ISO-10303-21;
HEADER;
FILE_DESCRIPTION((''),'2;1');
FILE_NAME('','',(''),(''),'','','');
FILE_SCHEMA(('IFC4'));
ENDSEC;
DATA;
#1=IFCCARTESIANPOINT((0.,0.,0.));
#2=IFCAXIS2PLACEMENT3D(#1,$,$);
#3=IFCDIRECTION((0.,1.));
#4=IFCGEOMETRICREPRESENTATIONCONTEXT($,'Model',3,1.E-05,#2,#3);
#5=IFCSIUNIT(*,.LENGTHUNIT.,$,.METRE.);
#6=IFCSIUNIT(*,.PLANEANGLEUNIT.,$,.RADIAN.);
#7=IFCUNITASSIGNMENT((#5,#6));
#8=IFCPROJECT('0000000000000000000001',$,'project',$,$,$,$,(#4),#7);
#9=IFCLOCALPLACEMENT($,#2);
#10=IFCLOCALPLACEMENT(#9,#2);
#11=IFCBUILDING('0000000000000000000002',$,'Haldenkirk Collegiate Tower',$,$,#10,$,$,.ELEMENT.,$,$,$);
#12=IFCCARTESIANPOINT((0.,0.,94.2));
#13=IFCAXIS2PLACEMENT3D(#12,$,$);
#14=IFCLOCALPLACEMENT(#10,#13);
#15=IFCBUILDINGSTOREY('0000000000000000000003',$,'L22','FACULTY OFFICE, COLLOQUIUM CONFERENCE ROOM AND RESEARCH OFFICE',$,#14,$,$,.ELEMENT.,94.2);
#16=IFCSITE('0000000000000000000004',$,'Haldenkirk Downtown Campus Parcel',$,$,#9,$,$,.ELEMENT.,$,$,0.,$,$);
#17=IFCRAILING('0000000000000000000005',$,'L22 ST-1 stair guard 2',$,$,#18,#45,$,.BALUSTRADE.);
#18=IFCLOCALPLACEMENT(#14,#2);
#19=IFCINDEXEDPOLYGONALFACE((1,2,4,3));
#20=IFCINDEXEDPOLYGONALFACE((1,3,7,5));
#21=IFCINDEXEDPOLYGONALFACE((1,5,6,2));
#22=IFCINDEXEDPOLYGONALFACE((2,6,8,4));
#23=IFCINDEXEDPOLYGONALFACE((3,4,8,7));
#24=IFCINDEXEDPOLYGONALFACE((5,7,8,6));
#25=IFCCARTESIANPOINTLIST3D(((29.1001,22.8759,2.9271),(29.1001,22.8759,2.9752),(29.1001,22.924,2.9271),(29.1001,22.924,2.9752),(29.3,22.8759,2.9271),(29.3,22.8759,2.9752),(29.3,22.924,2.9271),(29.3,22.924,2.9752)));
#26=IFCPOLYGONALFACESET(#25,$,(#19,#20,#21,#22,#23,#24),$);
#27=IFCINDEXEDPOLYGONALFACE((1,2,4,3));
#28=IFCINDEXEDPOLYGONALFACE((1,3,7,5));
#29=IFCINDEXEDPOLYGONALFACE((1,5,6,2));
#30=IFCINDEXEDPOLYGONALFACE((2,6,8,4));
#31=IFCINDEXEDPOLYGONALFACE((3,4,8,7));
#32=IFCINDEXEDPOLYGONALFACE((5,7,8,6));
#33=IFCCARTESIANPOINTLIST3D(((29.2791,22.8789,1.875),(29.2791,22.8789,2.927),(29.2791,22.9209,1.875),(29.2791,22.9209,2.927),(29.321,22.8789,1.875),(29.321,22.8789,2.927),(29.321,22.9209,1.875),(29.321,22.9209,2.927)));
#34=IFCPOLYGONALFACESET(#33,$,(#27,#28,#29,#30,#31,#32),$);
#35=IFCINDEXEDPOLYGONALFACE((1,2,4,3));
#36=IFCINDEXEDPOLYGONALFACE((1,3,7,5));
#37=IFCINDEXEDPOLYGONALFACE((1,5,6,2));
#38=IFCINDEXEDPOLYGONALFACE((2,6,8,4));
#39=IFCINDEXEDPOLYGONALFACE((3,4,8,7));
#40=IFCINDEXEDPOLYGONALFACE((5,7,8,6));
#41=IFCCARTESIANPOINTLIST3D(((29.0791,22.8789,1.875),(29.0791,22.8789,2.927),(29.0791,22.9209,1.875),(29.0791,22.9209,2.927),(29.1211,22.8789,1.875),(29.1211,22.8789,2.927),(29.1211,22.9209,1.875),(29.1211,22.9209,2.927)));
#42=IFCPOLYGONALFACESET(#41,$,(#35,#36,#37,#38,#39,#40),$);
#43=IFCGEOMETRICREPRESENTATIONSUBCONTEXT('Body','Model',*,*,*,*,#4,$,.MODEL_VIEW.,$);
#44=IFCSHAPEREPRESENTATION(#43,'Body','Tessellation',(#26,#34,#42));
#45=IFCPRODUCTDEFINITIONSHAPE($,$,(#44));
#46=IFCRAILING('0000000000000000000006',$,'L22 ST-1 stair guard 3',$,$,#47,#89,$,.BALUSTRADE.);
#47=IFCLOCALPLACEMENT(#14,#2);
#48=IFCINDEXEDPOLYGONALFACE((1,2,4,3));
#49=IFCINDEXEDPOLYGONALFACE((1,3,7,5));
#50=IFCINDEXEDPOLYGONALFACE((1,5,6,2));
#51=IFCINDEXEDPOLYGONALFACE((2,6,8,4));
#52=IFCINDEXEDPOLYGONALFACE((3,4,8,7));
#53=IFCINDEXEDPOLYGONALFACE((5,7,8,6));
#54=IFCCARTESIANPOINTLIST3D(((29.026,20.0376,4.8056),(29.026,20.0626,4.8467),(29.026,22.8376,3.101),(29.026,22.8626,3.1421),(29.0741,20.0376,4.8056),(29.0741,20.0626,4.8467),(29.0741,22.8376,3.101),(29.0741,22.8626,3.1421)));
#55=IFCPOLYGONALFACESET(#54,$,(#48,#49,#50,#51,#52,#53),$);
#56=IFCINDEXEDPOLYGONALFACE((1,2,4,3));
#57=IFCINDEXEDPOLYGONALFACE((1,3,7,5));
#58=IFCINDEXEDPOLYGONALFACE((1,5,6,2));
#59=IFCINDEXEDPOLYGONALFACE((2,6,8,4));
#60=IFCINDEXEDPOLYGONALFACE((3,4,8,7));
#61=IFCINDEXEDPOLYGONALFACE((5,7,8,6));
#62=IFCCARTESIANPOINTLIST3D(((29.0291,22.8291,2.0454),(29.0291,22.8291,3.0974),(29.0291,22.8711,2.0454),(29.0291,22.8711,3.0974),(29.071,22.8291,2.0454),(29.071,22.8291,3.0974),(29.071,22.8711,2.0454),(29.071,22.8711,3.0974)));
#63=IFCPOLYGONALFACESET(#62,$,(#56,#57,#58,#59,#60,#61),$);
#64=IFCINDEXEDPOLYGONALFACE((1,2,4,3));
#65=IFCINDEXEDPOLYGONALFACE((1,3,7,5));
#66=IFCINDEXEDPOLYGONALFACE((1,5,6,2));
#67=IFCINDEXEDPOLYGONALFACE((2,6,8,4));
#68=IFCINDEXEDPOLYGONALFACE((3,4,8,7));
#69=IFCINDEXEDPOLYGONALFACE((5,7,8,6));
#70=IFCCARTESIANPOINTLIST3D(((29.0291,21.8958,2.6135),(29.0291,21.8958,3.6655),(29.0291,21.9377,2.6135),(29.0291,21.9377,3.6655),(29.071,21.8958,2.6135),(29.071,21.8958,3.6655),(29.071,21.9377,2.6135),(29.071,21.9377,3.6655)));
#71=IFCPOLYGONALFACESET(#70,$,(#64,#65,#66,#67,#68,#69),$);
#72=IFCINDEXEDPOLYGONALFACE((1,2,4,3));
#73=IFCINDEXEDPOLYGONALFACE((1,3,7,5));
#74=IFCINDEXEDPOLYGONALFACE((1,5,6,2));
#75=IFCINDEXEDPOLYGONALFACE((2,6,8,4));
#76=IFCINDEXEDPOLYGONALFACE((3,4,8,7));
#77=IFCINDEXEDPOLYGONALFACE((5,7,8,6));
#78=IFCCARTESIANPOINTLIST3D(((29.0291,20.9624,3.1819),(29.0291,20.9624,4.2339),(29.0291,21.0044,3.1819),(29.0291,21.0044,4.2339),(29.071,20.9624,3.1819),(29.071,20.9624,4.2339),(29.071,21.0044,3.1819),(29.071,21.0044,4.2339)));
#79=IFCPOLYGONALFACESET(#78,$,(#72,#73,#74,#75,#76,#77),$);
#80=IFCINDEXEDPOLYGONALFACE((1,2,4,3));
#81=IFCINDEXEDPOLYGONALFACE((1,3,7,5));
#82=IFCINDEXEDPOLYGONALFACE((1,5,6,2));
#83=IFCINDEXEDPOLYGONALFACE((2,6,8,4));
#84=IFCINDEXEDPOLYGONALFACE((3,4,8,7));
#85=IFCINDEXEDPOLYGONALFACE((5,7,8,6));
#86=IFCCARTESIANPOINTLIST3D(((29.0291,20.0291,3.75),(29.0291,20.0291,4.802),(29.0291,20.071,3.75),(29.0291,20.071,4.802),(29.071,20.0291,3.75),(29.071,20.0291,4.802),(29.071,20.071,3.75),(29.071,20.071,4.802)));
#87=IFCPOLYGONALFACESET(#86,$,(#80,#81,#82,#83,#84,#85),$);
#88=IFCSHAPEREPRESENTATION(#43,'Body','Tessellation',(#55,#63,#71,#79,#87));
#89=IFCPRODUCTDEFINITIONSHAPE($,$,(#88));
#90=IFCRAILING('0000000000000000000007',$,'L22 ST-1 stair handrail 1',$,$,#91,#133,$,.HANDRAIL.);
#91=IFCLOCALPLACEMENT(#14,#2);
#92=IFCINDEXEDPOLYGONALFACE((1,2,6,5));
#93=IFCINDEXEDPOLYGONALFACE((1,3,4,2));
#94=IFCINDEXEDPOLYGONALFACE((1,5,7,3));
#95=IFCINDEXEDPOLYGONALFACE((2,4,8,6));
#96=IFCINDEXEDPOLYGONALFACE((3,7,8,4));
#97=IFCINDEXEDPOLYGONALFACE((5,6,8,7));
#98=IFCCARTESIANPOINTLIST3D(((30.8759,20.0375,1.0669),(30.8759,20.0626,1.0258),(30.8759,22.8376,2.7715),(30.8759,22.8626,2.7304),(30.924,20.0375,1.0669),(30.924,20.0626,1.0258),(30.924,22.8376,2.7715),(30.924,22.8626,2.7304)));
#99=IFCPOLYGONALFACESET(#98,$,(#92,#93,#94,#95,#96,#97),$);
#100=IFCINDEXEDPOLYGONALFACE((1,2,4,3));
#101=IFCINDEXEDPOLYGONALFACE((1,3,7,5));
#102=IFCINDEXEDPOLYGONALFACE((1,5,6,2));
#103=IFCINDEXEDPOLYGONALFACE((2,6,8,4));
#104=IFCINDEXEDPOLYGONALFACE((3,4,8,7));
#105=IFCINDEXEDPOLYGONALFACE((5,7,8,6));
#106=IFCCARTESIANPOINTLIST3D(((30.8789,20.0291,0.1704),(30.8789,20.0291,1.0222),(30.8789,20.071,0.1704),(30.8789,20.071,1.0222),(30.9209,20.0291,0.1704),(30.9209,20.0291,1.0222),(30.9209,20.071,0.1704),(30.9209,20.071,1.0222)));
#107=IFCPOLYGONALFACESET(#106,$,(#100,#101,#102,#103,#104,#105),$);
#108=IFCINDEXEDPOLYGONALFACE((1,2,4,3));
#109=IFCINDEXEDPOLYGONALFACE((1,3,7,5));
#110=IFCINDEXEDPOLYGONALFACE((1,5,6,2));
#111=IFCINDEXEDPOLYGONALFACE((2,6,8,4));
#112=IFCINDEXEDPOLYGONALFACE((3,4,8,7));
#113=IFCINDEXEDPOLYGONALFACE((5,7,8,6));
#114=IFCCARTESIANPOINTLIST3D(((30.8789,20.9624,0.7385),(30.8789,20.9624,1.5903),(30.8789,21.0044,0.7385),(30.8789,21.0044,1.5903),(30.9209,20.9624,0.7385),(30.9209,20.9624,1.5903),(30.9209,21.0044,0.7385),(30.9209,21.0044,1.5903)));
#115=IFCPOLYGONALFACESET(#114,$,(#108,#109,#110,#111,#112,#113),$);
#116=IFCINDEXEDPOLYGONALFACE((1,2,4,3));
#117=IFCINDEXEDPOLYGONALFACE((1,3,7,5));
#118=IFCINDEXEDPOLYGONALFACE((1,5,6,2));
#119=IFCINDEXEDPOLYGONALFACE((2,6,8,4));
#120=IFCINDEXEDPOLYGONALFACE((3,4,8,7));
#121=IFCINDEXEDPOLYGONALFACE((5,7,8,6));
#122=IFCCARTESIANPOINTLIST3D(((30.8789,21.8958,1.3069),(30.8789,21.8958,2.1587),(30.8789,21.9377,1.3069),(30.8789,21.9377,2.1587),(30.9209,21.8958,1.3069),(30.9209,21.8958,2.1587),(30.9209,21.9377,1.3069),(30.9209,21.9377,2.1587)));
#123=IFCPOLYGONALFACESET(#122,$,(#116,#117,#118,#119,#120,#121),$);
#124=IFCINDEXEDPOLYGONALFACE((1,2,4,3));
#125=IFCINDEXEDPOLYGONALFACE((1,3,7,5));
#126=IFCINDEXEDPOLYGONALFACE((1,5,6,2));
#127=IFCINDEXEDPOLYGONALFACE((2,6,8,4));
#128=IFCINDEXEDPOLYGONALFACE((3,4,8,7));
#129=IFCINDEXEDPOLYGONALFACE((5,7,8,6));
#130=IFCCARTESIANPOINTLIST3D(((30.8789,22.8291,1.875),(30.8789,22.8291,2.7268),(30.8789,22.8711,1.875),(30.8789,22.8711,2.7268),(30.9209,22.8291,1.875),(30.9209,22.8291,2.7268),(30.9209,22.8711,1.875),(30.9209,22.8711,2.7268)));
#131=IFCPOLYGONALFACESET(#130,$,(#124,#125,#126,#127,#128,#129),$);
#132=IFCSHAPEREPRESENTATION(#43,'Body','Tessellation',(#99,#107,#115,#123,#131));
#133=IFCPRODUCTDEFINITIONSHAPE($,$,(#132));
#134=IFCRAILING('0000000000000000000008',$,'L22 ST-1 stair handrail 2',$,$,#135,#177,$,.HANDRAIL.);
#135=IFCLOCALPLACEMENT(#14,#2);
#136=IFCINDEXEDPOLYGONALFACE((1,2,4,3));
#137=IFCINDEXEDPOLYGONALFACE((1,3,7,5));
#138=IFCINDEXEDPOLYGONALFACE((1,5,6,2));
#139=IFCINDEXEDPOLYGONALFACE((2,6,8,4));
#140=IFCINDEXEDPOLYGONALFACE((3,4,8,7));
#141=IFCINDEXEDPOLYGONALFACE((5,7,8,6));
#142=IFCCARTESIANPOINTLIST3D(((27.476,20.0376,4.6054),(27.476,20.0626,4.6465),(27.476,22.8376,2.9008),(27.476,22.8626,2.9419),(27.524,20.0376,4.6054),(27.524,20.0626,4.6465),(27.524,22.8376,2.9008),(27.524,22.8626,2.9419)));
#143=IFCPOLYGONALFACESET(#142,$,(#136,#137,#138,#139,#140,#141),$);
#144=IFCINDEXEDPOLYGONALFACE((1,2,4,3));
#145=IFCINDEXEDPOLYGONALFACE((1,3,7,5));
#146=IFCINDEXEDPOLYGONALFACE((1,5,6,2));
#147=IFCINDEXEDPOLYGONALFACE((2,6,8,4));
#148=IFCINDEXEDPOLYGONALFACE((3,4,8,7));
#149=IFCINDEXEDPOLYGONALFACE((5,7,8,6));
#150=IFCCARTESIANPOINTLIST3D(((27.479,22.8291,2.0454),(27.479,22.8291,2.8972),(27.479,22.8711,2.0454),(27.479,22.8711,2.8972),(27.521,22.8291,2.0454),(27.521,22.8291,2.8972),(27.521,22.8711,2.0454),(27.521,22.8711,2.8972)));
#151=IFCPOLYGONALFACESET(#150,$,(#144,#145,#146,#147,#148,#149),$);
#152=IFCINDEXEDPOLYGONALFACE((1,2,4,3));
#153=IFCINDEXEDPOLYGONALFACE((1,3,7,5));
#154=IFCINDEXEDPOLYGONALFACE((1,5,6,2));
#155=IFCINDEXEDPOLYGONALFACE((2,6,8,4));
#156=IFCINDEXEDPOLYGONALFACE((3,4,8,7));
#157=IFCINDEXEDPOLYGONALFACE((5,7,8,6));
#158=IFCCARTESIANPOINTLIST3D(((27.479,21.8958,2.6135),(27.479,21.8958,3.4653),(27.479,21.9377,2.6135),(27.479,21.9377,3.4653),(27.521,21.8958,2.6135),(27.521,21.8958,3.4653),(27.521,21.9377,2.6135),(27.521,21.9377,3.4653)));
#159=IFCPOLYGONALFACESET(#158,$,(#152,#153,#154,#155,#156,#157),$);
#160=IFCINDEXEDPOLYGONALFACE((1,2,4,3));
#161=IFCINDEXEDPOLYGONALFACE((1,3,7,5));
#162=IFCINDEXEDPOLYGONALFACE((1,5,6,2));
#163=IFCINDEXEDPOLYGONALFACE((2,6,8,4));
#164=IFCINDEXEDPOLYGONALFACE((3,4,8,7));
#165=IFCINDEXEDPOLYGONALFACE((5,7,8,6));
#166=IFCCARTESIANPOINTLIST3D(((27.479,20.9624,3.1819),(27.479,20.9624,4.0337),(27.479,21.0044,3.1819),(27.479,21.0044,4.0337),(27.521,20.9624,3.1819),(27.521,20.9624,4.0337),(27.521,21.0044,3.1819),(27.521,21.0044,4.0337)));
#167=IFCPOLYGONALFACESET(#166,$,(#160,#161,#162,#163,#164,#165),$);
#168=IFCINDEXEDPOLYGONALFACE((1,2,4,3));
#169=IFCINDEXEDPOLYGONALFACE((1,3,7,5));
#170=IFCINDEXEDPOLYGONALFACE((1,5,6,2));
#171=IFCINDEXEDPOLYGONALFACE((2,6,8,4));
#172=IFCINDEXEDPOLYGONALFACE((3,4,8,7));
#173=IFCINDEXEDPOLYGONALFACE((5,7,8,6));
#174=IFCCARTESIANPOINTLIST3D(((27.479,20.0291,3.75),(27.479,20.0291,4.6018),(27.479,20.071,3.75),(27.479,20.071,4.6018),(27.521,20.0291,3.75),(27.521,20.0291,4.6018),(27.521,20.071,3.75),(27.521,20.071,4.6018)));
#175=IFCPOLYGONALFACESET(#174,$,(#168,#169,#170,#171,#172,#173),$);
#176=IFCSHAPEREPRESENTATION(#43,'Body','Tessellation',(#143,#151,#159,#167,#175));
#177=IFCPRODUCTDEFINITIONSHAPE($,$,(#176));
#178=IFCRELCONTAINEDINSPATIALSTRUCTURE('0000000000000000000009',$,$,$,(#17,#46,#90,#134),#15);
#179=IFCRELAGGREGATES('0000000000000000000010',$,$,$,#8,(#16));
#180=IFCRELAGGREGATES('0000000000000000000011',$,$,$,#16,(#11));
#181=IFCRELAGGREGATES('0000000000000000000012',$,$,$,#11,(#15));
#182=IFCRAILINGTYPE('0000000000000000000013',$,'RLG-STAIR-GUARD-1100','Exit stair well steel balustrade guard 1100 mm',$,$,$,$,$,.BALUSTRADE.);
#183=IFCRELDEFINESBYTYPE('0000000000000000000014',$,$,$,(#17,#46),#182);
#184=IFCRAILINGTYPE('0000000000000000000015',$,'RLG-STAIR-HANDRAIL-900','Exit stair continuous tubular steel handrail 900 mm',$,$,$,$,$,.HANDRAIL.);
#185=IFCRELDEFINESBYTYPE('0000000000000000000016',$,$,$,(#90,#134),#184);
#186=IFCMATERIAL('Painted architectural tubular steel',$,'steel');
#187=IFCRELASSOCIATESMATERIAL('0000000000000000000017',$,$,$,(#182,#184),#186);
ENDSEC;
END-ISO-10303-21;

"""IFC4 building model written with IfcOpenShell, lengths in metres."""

from ifc_helpers import new_model, si_unit, direction, frame, origin, origin_2d, place, context, subcontext, project, spatial, rectangle, extrude, material, type_object, element, save


model = new_model("IFC4")

# Units and contexts
model_context = context("Model", 3, precision=1e-05, world=origin(), true_north=direction((0.0, 1.0)))
body_context = subcontext(model_context, "Body", "Model", "MODEL_VIEW")
ifc_project = project(units=[si_unit("LENGTHUNIT", "METRE"), si_unit("PLANEANGLEUNIT", "RADIAN")], contexts=[model_context])

# Site, building, storey
site_placement = place(None, origin())
site = spatial("IfcSite", under=ifc_project, at=site_placement, Name="Haldenkirk Downtown Campus Parcel", CompositionType="ELEMENT", RefElevation=0.0)
building_placement = place(site_placement, origin())
building = spatial("IfcBuilding", under=site, at=building_placement, Name="Haldenkirk Collegiate Tower", CompositionType="ELEMENT")
storey_placement = place(building_placement, frame((0.0, 0.0, 94.2)))
storey = spatial("IfcBuildingStorey", under=building, at=storey_placement, Name="L22", Description="FACULTY OFFICE, COLLOQUIUM CONFERENCE ROOM AND RESEARCH OFFICE", CompositionType="ELEMENT", Elevation=94.2)

# Railings
ifc_material_1 = material(Name="Painted architectural tubular steel", Category="steel")
railing_type_1 = type_object("IfcRailingType", Name="RLG-STAIR-GUARD-1100", Description="Exit stair well steel balustrade guard 1100 mm", PredefinedType="BALUSTRADE", material=ifc_material_1)
railing_1_placement = place(storey_placement, frame((29.3, 22.8999, 1.875)))
element("IfcRailing", 1, at=railing_1_placement, inside=storey, type_object=railing_type_1, Name="L22 ST-1 stair guard 2", PredefinedType="BALUSTRADE", context=body_context, shape_type="SweptSolid", body=[
    extrude(rectangle(XDim=0.0481, YDim=0.0481, at=origin_2d()), frame((0.0, 0.0, 1.0762), z_axis=(-1.0, 0.0, 0.0), x_axis=(0.0, -1.0, 0.0)), (0.0, 0.0, 1.0), 0.2),
    extrude(rectangle(XDim=0.042, YDim=0.042, at=origin_2d()), origin(), (0.0, 0.0, 1.0), 1.052),
    extrude(rectangle(XDim=0.042, YDim=0.042, at=origin_2d()), frame((-0.2, 0.0, 0.0)), (0.0, 0.0, 1.0), 1.052),
])
railing_2_placement = place(storey_placement, frame((29.05, 22.8501, 2.0454)))
element("IfcRailing", 2, at=railing_2_placement, inside=storey, type_object=railing_type_1, Name="L22 ST-1 stair guard 3", PredefinedType="BALUSTRADE", context=body_context, shape_type="SweptSolid", body=[
    extrude(rectangle(XDim=0.0481, YDim=0.0481, at=origin_2d()), frame((0.0, 0.0, 1.0762), z_axis=(0.0, -0.85417, 0.519994), x_axis=(1.0, 0.0, 0.0)), (0.0, 0.0, 1.0), 3.2781),
    extrude(rectangle(XDim=0.042, YDim=0.042, at=origin_2d()), origin(), (0.0, 0.0, 1.0), 1.052),
    extrude(rectangle(XDim=0.042, YDim=0.042, at=origin_2d()), frame((0.0, -0.9333, 0.5681)), (0.0, 0.0, 1.0), 1.052),
    extrude(rectangle(XDim=0.042, YDim=0.042, at=origin_2d()), frame((0.0, -1.8667, 1.1365)), (0.0, 0.0, 1.0), 1.052),
    extrude(rectangle(XDim=0.042, YDim=0.042, at=origin_2d()), frame((0.0, -2.8, 1.7046)), (0.0, 0.0, 1.0), 1.052),
])
railing_type_2 = type_object("IfcRailingType", Name="RLG-STAIR-HANDRAIL-900", Description="Exit stair continuous tubular steel handrail 900 mm", PredefinedType="HANDRAIL", material=ifc_material_1)
railing_3_placement = place(storey_placement, frame((30.8999, 20.05, 0.1704)))
element("IfcRailing", 3, at=railing_3_placement, inside=storey, type_object=railing_type_2, Name="L22 ST-1 stair handrail 1", PredefinedType="HANDRAIL", context=body_context, shape_type="SweptSolid", body=[
    extrude(rectangle(XDim=0.0481, YDim=0.0481, at=origin_2d()), frame((0.0, 0.0, 0.876), z_axis=(0.0, 0.85417, 0.519994), x_axis=(-1.0, 0.0, 0.0)), (0.0, 0.0, 1.0), 3.2781),
    extrude(rectangle(XDim=0.042, YDim=0.042, at=origin_2d()), origin(), (0.0, 0.0, 1.0), 0.8518),
    extrude(rectangle(XDim=0.042, YDim=0.042, at=origin_2d()), frame((0.0, 0.9333, 0.5681)), (0.0, 0.0, 1.0), 0.8518),
    extrude(rectangle(XDim=0.042, YDim=0.042, at=origin_2d()), frame((0.0, 1.8667, 1.1365)), (0.0, 0.0, 1.0), 0.8518),
    extrude(rectangle(XDim=0.042, YDim=0.042, at=origin_2d()), frame((0.0, 2.8, 1.7046)), (0.0, 0.0, 1.0), 0.8518),
])
railing_4_placement = place(storey_placement, frame((27.5, 22.8501, 2.0454)))
element("IfcRailing", 4, at=railing_4_placement, inside=storey, type_object=railing_type_2, Name="L22 ST-1 stair handrail 2", PredefinedType="HANDRAIL", context=body_context, shape_type="SweptSolid", body=[
    extrude(rectangle(XDim=0.0481, YDim=0.0481, at=origin_2d()), frame((0.0, 0.0, 0.876), z_axis=(0.0, -0.85417, 0.519994), x_axis=(1.0, 0.0, 0.0)), (0.0, 0.0, 1.0), 3.2781),
    extrude(rectangle(XDim=0.042, YDim=0.042, at=origin_2d()), origin(), (0.0, 0.0, 1.0), 0.8518),
    extrude(rectangle(XDim=0.042, YDim=0.042, at=origin_2d()), frame((0.0, -0.9333, 0.5681)), (0.0, 0.0, 1.0), 0.8518),
    extrude(rectangle(XDim=0.042, YDim=0.042, at=origin_2d()), frame((0.0, -1.8667, 1.1365)), (0.0, 0.0, 1.0), 0.8518),
    extrude(rectangle(XDim=0.042, YDim=0.042, at=origin_2d()), frame((0.0, -2.8, 1.7046)), (0.0, 0.0, 1.0), 0.8518),
])

save(model, "model.ifc")
